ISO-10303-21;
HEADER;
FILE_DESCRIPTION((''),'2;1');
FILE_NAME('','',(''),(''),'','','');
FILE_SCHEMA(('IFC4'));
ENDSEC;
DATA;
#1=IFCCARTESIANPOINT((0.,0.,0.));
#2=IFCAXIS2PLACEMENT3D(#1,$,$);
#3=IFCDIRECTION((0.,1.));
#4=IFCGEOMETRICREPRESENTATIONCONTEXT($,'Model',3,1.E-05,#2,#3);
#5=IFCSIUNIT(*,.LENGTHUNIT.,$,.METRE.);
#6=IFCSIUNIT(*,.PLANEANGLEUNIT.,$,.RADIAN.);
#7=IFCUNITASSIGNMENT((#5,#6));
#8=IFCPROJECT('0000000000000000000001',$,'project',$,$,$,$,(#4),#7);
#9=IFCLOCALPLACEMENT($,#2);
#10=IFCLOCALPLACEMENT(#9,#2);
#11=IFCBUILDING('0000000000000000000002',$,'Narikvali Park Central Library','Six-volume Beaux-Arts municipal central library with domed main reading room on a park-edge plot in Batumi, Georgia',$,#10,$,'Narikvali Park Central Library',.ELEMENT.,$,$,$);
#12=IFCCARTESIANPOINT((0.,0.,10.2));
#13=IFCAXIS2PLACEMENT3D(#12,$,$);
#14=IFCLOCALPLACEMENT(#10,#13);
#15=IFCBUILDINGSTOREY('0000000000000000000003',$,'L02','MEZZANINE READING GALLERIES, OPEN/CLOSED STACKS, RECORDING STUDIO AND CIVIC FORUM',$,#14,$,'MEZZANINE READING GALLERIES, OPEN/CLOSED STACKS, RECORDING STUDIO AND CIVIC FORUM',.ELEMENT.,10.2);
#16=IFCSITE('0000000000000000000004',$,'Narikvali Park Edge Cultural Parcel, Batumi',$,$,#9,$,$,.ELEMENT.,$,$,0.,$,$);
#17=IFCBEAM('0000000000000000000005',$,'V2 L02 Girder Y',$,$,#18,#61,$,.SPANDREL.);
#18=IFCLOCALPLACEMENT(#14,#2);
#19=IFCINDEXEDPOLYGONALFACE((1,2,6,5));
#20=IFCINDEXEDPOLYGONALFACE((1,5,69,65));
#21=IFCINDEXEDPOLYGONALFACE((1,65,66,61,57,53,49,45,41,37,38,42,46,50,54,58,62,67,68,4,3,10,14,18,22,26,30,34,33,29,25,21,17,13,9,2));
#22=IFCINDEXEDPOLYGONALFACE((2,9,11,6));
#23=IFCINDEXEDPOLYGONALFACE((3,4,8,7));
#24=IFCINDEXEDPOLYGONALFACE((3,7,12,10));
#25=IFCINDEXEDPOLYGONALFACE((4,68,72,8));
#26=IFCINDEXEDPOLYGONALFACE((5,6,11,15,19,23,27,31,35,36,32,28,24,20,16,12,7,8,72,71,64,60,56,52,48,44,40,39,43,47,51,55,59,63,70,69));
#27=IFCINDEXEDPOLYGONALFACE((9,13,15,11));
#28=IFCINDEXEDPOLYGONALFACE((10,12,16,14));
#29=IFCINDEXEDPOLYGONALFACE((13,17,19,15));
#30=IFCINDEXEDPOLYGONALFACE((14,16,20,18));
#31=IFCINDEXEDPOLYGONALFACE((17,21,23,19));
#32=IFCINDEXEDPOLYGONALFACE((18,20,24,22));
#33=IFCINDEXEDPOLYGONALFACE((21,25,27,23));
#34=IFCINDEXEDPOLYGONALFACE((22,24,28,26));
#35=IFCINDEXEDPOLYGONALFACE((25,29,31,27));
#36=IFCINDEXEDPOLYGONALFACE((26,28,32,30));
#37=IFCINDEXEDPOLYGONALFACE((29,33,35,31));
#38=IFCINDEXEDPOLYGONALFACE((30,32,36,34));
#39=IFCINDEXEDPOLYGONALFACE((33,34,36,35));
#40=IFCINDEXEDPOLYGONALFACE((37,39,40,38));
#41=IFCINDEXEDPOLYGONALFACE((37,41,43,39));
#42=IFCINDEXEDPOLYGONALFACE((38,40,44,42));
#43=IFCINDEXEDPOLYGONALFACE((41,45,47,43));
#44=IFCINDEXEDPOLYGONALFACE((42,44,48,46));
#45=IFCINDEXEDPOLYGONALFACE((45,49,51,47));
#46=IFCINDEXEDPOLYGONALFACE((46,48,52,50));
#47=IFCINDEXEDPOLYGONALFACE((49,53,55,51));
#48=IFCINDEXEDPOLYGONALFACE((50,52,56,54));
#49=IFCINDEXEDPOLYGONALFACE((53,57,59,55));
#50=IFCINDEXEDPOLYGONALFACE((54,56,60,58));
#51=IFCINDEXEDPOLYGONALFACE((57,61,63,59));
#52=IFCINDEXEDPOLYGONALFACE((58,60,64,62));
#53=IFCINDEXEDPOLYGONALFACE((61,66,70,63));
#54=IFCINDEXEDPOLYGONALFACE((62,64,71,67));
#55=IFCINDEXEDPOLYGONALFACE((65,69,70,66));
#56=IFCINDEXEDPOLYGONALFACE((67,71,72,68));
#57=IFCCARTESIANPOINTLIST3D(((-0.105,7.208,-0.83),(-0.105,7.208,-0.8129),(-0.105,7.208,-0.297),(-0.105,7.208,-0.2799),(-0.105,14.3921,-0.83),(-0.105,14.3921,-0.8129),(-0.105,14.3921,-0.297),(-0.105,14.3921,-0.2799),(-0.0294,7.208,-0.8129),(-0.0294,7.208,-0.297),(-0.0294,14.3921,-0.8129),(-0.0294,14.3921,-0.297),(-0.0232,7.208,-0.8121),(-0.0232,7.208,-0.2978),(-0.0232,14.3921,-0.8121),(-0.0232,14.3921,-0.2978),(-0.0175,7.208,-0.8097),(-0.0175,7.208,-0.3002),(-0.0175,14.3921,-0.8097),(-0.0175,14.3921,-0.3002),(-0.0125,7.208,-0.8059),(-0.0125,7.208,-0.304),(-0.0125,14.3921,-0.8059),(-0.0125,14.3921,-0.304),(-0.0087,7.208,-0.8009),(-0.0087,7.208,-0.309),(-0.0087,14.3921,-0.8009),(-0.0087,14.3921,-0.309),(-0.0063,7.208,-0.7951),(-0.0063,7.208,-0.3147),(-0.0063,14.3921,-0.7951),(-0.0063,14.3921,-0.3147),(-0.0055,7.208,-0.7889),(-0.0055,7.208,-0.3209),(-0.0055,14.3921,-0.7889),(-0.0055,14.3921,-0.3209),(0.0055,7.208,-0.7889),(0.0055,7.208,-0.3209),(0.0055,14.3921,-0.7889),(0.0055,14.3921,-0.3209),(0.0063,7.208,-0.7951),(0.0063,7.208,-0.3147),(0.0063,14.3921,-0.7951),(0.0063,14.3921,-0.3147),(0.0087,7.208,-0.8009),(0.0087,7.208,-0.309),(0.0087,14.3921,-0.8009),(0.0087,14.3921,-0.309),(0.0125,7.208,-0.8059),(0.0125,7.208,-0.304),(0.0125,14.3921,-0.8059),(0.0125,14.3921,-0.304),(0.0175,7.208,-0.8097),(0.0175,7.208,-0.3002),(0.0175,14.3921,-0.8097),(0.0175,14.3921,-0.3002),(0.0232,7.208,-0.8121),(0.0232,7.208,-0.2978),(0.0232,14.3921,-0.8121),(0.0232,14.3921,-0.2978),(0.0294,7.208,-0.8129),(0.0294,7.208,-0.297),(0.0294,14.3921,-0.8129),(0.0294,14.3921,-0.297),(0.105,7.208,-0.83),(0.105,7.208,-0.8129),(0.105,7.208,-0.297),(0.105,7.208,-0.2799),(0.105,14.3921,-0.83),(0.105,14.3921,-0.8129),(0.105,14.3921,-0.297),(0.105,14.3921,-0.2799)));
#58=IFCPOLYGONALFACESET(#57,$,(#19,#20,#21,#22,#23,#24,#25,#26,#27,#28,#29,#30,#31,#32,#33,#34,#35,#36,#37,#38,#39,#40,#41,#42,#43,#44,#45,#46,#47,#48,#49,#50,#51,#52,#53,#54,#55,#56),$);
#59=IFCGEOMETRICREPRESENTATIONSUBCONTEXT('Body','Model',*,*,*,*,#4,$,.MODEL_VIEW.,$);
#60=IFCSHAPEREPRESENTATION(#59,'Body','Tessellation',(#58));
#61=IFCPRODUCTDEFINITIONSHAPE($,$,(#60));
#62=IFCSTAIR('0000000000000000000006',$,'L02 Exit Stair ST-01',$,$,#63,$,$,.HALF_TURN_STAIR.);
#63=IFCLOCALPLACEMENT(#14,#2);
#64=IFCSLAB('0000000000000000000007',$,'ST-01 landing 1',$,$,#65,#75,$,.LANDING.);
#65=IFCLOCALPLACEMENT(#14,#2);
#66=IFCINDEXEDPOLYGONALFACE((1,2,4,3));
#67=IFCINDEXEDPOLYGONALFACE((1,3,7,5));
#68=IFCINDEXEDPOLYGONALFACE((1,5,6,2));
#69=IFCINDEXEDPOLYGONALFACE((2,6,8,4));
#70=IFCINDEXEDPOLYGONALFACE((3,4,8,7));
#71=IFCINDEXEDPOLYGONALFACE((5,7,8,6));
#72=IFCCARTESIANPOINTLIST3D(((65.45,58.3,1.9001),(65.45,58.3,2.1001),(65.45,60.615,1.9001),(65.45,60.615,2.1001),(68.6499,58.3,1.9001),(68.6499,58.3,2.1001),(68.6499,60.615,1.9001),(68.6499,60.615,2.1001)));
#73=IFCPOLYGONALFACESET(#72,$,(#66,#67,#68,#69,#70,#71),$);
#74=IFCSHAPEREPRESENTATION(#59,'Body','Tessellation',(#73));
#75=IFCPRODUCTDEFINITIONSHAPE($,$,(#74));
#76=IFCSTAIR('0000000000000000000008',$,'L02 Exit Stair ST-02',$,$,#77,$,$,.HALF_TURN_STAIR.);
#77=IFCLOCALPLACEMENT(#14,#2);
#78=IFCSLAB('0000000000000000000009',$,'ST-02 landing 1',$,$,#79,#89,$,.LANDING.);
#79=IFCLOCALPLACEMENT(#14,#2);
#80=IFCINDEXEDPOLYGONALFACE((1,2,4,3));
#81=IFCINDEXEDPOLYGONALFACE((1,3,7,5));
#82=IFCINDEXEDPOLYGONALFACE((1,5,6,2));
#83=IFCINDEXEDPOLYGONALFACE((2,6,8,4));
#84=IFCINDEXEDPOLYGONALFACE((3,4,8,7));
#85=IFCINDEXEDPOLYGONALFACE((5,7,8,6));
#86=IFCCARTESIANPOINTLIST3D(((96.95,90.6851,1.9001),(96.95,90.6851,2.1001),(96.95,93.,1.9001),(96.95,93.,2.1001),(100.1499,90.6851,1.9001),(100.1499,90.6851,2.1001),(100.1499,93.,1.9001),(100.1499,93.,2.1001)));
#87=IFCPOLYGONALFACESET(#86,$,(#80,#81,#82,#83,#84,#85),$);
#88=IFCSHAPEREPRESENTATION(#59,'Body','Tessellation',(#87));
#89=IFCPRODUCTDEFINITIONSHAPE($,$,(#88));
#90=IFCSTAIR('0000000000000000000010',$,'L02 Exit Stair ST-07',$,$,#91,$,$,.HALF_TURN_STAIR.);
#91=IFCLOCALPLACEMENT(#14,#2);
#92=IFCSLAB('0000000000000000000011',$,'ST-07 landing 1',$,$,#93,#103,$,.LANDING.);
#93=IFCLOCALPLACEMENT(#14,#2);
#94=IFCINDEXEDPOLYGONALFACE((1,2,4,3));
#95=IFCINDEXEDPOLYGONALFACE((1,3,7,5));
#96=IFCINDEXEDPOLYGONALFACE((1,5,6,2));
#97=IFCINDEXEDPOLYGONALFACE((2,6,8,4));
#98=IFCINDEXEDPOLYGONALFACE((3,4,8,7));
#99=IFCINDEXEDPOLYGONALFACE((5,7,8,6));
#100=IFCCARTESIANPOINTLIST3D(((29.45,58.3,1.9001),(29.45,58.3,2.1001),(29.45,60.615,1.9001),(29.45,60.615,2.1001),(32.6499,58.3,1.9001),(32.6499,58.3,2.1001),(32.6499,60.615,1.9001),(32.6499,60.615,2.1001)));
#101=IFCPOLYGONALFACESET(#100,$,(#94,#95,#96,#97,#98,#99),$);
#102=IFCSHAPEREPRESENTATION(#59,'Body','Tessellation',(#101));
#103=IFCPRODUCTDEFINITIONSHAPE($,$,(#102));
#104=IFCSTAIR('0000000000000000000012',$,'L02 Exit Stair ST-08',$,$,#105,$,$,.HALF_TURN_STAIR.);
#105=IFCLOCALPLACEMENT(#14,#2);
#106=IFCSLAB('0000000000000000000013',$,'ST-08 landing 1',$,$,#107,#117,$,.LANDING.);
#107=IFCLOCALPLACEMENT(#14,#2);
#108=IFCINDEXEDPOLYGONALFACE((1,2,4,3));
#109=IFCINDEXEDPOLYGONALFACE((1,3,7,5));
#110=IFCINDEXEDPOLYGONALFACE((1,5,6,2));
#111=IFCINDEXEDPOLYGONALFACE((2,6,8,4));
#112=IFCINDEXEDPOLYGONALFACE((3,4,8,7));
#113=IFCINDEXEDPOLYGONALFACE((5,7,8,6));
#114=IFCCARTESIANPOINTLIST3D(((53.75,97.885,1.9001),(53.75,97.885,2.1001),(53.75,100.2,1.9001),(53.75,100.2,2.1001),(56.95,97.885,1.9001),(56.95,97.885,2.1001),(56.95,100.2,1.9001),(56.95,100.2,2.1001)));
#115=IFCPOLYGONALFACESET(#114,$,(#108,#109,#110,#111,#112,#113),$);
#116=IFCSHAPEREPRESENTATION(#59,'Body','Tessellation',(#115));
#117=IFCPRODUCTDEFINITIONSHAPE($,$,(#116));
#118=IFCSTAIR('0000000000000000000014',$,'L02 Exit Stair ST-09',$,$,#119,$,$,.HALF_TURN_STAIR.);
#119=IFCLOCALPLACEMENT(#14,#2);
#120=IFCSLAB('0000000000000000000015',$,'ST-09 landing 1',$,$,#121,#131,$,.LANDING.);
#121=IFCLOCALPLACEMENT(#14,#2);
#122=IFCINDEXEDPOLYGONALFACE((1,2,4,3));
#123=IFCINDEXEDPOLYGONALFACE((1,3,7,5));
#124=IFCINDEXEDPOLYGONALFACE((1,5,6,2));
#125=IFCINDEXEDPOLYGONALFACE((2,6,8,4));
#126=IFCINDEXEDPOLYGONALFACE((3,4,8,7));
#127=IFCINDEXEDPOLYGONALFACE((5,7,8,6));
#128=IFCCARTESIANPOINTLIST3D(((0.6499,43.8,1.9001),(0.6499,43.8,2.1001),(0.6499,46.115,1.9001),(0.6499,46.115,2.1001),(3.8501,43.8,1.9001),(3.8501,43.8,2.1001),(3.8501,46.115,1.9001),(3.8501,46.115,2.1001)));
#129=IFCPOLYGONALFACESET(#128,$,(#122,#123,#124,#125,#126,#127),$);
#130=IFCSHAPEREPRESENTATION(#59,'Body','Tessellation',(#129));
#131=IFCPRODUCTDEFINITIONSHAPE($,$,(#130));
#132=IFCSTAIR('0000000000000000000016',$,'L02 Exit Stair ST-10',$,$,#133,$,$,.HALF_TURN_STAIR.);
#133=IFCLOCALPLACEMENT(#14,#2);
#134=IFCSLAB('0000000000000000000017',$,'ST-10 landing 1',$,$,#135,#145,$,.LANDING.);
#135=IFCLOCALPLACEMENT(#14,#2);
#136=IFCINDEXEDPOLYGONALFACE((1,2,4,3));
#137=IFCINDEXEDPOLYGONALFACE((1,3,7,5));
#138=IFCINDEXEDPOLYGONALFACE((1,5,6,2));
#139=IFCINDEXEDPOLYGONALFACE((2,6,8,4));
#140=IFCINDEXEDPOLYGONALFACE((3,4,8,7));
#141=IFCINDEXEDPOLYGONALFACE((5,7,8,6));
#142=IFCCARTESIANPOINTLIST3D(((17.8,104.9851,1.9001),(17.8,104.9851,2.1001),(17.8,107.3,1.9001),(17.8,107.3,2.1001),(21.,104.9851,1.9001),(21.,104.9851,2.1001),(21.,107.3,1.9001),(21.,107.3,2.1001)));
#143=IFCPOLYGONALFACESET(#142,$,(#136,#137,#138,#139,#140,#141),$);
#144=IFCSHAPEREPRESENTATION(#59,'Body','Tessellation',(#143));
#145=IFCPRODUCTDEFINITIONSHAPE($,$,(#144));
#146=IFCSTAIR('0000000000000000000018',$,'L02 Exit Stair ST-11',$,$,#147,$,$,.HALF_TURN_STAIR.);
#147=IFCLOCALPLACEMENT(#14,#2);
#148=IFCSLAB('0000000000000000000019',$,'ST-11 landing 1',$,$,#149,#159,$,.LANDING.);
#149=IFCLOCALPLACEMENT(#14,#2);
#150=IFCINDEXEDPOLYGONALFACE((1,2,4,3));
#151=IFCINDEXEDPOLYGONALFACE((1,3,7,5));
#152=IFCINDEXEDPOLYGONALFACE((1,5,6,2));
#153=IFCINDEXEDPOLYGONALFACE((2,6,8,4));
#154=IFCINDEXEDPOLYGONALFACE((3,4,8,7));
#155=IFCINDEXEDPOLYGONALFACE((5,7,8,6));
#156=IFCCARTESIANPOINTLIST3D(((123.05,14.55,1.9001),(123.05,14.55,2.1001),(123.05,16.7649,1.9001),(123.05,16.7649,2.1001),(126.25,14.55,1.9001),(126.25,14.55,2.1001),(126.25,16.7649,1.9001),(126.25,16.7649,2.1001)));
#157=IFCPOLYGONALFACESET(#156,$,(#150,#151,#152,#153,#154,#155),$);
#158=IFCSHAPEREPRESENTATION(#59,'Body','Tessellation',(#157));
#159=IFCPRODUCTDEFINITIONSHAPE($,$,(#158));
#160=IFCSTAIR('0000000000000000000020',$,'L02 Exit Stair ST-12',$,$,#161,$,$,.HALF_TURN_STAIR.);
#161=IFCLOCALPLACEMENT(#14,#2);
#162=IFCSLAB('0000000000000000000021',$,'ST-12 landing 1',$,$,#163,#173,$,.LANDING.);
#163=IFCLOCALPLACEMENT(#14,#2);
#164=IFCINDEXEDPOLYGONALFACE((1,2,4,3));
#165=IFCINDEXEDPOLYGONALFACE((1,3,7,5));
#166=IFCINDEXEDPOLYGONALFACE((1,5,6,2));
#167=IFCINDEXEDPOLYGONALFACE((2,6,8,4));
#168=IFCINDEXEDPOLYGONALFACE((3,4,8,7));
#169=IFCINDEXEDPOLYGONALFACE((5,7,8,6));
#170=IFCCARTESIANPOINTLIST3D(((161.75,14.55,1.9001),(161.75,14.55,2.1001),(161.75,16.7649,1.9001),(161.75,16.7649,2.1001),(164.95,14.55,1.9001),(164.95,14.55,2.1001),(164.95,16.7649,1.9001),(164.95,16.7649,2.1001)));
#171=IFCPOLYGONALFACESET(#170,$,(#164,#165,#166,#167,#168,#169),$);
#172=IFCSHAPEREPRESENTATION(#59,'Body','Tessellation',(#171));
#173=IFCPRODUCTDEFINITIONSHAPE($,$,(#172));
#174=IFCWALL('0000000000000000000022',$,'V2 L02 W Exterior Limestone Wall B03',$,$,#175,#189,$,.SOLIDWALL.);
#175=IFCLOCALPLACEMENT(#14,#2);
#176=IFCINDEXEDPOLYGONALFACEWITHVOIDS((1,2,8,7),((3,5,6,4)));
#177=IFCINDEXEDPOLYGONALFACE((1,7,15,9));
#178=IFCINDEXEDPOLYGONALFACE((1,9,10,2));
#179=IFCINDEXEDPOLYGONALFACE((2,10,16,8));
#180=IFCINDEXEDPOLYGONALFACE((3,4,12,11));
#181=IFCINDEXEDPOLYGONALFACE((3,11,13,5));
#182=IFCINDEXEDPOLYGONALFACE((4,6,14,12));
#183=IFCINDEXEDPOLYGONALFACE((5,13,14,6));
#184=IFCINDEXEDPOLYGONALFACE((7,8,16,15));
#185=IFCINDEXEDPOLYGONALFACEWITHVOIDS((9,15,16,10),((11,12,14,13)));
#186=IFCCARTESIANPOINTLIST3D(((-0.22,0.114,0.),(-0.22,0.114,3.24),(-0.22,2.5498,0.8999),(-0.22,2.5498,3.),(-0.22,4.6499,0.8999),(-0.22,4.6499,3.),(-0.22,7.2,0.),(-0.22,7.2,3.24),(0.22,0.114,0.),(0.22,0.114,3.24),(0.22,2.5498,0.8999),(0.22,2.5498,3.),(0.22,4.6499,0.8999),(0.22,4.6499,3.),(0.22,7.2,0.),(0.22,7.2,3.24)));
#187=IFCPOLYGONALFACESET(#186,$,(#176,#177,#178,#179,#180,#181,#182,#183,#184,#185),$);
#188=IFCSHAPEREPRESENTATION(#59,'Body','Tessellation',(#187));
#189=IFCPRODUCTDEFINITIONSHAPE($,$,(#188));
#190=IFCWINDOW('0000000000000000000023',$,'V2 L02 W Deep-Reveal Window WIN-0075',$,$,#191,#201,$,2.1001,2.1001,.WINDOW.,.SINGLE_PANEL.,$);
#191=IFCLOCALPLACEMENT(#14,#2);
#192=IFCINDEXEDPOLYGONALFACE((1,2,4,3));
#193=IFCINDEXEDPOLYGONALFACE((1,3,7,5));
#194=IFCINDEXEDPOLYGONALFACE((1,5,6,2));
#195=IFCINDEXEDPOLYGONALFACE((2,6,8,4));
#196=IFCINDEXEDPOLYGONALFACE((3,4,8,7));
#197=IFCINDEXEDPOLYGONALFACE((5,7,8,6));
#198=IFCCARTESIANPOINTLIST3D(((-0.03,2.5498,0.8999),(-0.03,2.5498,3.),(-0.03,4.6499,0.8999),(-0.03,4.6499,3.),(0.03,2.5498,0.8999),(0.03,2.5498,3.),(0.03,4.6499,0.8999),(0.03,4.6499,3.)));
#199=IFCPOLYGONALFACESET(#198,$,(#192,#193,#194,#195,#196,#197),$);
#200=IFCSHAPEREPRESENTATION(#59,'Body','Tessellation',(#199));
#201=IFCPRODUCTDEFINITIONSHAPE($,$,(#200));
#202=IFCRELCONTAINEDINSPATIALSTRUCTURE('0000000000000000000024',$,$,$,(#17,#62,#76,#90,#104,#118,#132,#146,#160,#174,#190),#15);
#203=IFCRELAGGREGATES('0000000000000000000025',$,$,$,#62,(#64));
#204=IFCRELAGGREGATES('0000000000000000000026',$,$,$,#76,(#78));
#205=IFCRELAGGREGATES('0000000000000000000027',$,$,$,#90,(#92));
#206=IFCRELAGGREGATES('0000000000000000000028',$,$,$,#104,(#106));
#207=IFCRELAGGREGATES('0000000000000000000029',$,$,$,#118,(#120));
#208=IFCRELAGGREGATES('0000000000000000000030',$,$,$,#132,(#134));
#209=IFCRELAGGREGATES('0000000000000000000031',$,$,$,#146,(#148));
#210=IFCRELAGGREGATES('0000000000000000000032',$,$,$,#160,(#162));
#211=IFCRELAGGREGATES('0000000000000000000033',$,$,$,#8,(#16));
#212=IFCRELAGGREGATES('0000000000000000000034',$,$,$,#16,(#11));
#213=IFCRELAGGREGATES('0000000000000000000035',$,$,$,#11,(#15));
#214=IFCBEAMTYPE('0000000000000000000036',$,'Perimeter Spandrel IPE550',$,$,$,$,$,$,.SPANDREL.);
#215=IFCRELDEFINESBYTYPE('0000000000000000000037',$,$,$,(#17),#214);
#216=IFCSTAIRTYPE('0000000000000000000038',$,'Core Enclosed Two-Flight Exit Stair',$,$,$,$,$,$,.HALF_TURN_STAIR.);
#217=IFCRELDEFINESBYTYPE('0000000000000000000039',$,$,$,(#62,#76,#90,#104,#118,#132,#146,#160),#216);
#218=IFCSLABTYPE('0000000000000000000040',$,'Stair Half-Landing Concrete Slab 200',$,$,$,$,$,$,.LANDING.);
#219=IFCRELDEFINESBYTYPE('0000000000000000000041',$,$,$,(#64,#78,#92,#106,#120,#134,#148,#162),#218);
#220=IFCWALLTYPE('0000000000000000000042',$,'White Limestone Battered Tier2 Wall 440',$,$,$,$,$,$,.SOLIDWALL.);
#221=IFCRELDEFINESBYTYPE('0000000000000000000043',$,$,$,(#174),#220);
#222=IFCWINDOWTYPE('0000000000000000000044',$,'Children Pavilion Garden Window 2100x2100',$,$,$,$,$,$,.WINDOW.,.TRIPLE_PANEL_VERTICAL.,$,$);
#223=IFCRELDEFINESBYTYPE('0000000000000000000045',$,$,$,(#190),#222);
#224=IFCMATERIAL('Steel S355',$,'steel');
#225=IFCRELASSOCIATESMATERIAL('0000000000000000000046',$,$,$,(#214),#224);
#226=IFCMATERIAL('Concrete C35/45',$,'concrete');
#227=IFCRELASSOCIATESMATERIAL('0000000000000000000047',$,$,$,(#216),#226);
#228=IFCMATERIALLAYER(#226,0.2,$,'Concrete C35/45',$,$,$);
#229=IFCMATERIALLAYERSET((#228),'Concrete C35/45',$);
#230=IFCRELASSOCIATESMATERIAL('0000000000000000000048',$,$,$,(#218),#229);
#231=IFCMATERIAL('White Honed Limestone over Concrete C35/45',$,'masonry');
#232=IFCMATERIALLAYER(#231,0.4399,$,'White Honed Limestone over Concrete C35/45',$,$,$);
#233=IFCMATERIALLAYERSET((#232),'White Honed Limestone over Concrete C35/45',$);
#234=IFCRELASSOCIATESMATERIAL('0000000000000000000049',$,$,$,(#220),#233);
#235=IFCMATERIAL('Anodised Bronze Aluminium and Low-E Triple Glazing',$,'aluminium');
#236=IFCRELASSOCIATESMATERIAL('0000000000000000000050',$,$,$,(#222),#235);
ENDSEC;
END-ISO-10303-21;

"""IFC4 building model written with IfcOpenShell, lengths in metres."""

from ifc_helpers import new_model, si_unit, direction, frame, frame_2d, origin, origin_2d, place, context, subcontext, project, spatial, polyline, rectangle, i_section, outline, extrude, material, layer, layer_set, material_profile, profile_set, type_object, element, fill, aggregate, save


model = new_model("IFC4")

# Units and contexts
model_context = context("Model", 3, precision=1e-05, world=origin(), true_north=direction((0.0, 1.0)))
body_context = subcontext(model_context, "Body", "Model", "MODEL_VIEW")
ifc_project = project(units=[si_unit("LENGTHUNIT", "METRE"), si_unit("PLANEANGLEUNIT", "RADIAN")], contexts=[model_context])

# Site, building, storey
site_placement = place(None, origin())
site = spatial("IfcSite", under=ifc_project, at=site_placement, Name="Narikvali Park Edge Cultural Parcel, Batumi", CompositionType="ELEMENT", RefElevation=0.0)
building_placement = place(site_placement, origin())
building = spatial("IfcBuilding", under=site, at=building_placement, Name="Narikvali Park Central Library", Description="Six-volume Beaux-Arts municipal central library with domed main reading room on a park-edge plot in Batumi, Georgia", LongName="Narikvali Park Central Library", CompositionType="ELEMENT")
storey_placement = place(building_placement, frame((0.0, 0.0, 10.2)))
storey = spatial("IfcBuildingStorey", under=building, at=storey_placement, Name="L02", Description="MEZZANINE READING GALLERIES, OPEN/CLOSED STACKS, RECORDING STUDIO AND CIVIC FORUM", LongName="MEZZANINE READING GALLERIES, OPEN/CLOSED STACKS, RECORDING STUDIO AND CIVIC FORUM", CompositionType="ELEMENT", Elevation=10.2)

# Shared definitions
ifc_material_1 = material(Name="Steel S355", Category="steel")

# Beam
ifc_material_profile_1 = material_profile(ifc_material_1, i_section(OverallWidth=0.21, OverallDepth=0.55, WebThickness=0.011, FlangeThickness=0.0171, FilletRadius=0.0239, at=origin_2d()), Name="IPE 550")
ifc_profile_set_1 = profile_set([ifc_material_profile_1], Name="Steel S355")
beam_type_1 = type_object("IfcBeamType", Name="Perimeter Spandrel IPE550", PredefinedType="SPANDREL", material=ifc_profile_set_1)
beam_1_placement = place(storey_placement, frame((0.0, 7.208, -0.5549), z_axis=(0.0, 1.0, 0.0), x_axis=(-1.0, 0.0, 0.0)))
element("IfcBeam", 1, at=beam_1_placement, inside=storey, type_object=beam_type_1, Name="V2 L02 Girder Y", PredefinedType="SPANDREL", context=body_context, shape_type="SweptSolid", body=[
    extrude(i_section(OverallWidth=0.21, OverallDepth=0.55, WebThickness=0.011, FlangeThickness=0.0171, FilletRadius=0.0239, at=origin_2d()), origin(), (0.0, 0.0, 1.0), 7.1841),
])

# Stairs, slabs
ifc_material_2 = material(Name="Concrete C35/45", Category="concrete")
stair_type = type_object("IfcStairType", Name="Core Enclosed Two-Flight Exit Stair", PredefinedType="HALF_TURN_STAIR", material=ifc_material_2)
stair_1_placement = place(storey_placement, origin())
stair_1 = element("IfcStair", 2, at=stair_1_placement, inside=storey, type_object=stair_type, Name="L02 Exit Stair ST-01", PredefinedType="HALF_TURN_STAIR")
ifc_layer_1 = layer(ifc_material_2, 0.2, Name="Concrete C35/45")
ifc_layer_set_1 = layer_set([ifc_layer_1], Name="Concrete C35/45")
slab_type = type_object("IfcSlabType", Name="Stair Half-Landing Concrete Slab 200", PredefinedType="LANDING", material=ifc_layer_set_1)
slab_1_placement = place(storey_placement, frame((0.0, 0.0, 1.9001)))
slab_1 = element("IfcSlab", 3, at=slab_1_placement, type_object=slab_type, Name="ST-01 landing 1", PredefinedType="LANDING", context=body_context, shape_type="SweptSolid", body=[
    extrude(outline(polyline([(65.45, 60.615), (65.45, 58.3), (68.6499, 58.3), (68.6499, 60.615), (65.45, 60.615)])), origin(), (0.0, 0.0, 1.0), 0.2),
])
aggregate(stair_1, [slab_1])
stair_2_placement = place(storey_placement, origin())
stair_2 = element("IfcStair", 4, at=stair_2_placement, inside=storey, type_object=stair_type, Name="L02 Exit Stair ST-02", PredefinedType="HALF_TURN_STAIR")
slab_2_placement = place(storey_placement, frame((0.0, 0.0, 1.9001)))
slab_2 = element("IfcSlab", 5, at=slab_2_placement, type_object=slab_type, Name="ST-02 landing 1", PredefinedType="LANDING", context=body_context, shape_type="SweptSolid", body=[
    extrude(outline(polyline([(100.1499, 90.6851), (100.1499, 93.0), (96.95, 93.0), (96.95, 90.6851), (100.1499, 90.6851)])), origin(), (0.0, 0.0, 1.0), 0.2),
])
aggregate(stair_2, [slab_2])
stair_3_placement = place(storey_placement, origin())
stair_3 = element("IfcStair", 6, at=stair_3_placement, inside=storey, type_object=stair_type, Name="L02 Exit Stair ST-07", PredefinedType="HALF_TURN_STAIR")
slab_3_placement = place(storey_placement, frame((0.0, 0.0, 1.9001)))
slab_3 = element("IfcSlab", 7, at=slab_3_placement, type_object=slab_type, Name="ST-07 landing 1", PredefinedType="LANDING", context=body_context, shape_type="SweptSolid", body=[
    extrude(outline(polyline([(29.45, 60.615), (29.45, 58.3), (32.6499, 58.3), (32.6499, 60.615), (29.45, 60.615)])), origin(), (0.0, 0.0, 1.0), 0.2),
])
aggregate(stair_3, [slab_3])
stair_4_placement = place(storey_placement, origin())
stair_4 = element("IfcStair", 8, at=stair_4_placement, inside=storey, type_object=stair_type, Name="L02 Exit Stair ST-08", PredefinedType="HALF_TURN_STAIR")
slab_4_placement = place(storey_placement, frame((0.0, 0.0, 1.9001)))
slab_4 = element("IfcSlab", 9, at=slab_4_placement, type_object=slab_type, Name="ST-08 landing 1", PredefinedType="LANDING", context=body_context, shape_type="SweptSolid", body=[
    extrude(outline(polyline([(56.95, 97.885), (56.95, 100.2), (53.75, 100.2), (53.75, 97.885), (56.95, 97.885)])), origin(), (0.0, 0.0, 1.0), 0.2),
])
aggregate(stair_4, [slab_4])
stair_5_placement = place(storey_placement, origin())
stair_5 = element("IfcStair", 10, at=stair_5_placement, inside=storey, type_object=stair_type, Name="L02 Exit Stair ST-09", PredefinedType="HALF_TURN_STAIR")
slab_5_placement = place(storey_placement, frame((0.0, 0.0, 1.9001)))
slab_5 = element("IfcSlab", 11, at=slab_5_placement, type_object=slab_type, Name="ST-09 landing 1", PredefinedType="LANDING", context=body_context, shape_type="SweptSolid", body=[
    extrude(outline(polyline([(0.6499, 46.115), (0.6499, 43.8), (3.8501, 43.8), (3.8501, 46.115), (0.6499, 46.115)])), origin(), (0.0, 0.0, 1.0), 0.2),
])
aggregate(stair_5, [slab_5])
stair_6_placement = place(storey_placement, origin())
stair_6 = element("IfcStair", 12, at=stair_6_placement, inside=storey, type_object=stair_type, Name="L02 Exit Stair ST-10", PredefinedType="HALF_TURN_STAIR")
slab_6_placement = place(storey_placement, frame((0.0, 0.0, 1.9001)))
slab_6 = element("IfcSlab", 13, at=slab_6_placement, type_object=slab_type, Name="ST-10 landing 1", PredefinedType="LANDING", context=body_context, shape_type="SweptSolid", body=[
    extrude(outline(polyline([(21.0, 104.9851), (21.0, 107.3), (17.8, 107.3), (17.8, 104.9851), (21.0, 104.9851)])), origin(), (0.0, 0.0, 1.0), 0.2),
])
aggregate(stair_6, [slab_6])
stair_7_placement = place(storey_placement, origin())
stair_7 = element("IfcStair", 14, at=stair_7_placement, inside=storey, type_object=stair_type, Name="L02 Exit Stair ST-11", PredefinedType="HALF_TURN_STAIR")
slab_7_placement = place(storey_placement, frame((0.0, 0.0, 1.9001)))
slab_7 = element("IfcSlab", 15, at=slab_7_placement, type_object=slab_type, Name="ST-11 landing 1", PredefinedType="LANDING", context=body_context, shape_type="SweptSolid", body=[
    extrude(outline(polyline([(123.05, 16.7649), (123.05, 14.55), (126.25, 14.55), (126.25, 16.7649), (123.05, 16.7649)])), origin(), (0.0, 0.0, 1.0), 0.2),
])
aggregate(stair_7, [slab_7])
stair_8_placement = place(storey_placement, origin())
stair_8 = element("IfcStair", 16, at=stair_8_placement, inside=storey, type_object=stair_type, Name="L02 Exit Stair ST-12", PredefinedType="HALF_TURN_STAIR")
slab_8_placement = place(storey_placement, frame((0.0, 0.0, 1.9001)))
slab_8 = element("IfcSlab", 17, at=slab_8_placement, type_object=slab_type, Name="ST-12 landing 1", PredefinedType="LANDING", context=body_context, shape_type="SweptSolid", body=[
    extrude(outline(polyline([(161.75, 16.7649), (161.75, 14.55), (164.95, 14.55), (164.95, 16.7649), (161.75, 16.7649)])), origin(), (0.0, 0.0, 1.0), 0.2),
])
aggregate(stair_8, [slab_8])

# Wall, opening, window
ifc_material_3 = material(Name="White Honed Limestone over Concrete C35/45", Category="masonry")
ifc_layer_2 = layer(ifc_material_3, 0.4399, Name="White Honed Limestone over Concrete C35/45")
ifc_layer_set_2 = layer_set([ifc_layer_2], Name="White Honed Limestone over Concrete C35/45")
wall_type = type_object("IfcWallType", Name="White Limestone Battered Tier2 Wall 440", PredefinedType="SOLIDWALL", material=ifc_layer_set_2)
wall_placement = place(storey_placement, frame((0.0, 7.2, 0.0), z_axis=(0.0, 0.0, 1.0), x_axis=(0.0, -1.0, 0.0)))
wall = element("IfcWall", 18, at=wall_placement, inside=storey, type_object=wall_type, Name="V2 L02 W Exterior Limestone Wall B03", PredefinedType="SOLIDWALL", context=body_context, shape_type="SweptSolid", body=[
    extrude(rectangle(XDim=7.0859, YDim=0.4399, at=frame_2d((3.543, 0.0))), origin(), (0.0, 0.0, 1.0), 3.24),
])
opening_placement = place(wall_placement, frame((2.55, 0.0, 0.8999)))
opening = element("IfcOpeningElement", 19, at=opening_placement, cuts=wall, PredefinedType="OPENING", context=body_context, shape_type="SweptSolid", body=[
    extrude(rectangle(XDim=2.1001, YDim=2.1001, at=frame_2d((1.05, 1.05))), frame((0.0, 0.2319, 0.0), z_axis=(0.0, -1.0, 0.0), x_axis=(1.0, 0.0, 0.0)), (0.0, 0.0, 1.0), 0.4639),
])
ifc_material_4 = material(Name="Anodised Bronze Aluminium and Low-E Triple Glazing", Category="aluminium")
window_type = type_object("IfcWindowType", Name="Children Pavilion Garden Window 2100x2100", PartitioningType="TRIPLE_PANEL_VERTICAL", PredefinedType="WINDOW", material=ifc_material_4)
window_placement = place(opening_placement, origin())
window = element("IfcWindow", 20, at=window_placement, inside=storey, type_object=window_type, Name="V2 L02 W Deep-Reveal Window WIN-0075", OverallHeight=2.1001, OverallWidth=2.1001, PartitioningType="SINGLE_PANEL", PredefinedType="WINDOW", context=body_context, shape_type="SweptSolid", body=[
    extrude(rectangle(XDim=2.1001, YDim=2.1001, at=frame_2d((1.05, 1.05))), frame((0.0, 0.03, 0.0), z_axis=(0.0, -1.0, 0.0), x_axis=(1.0, 0.0, 0.0)), (0.0, 0.0, 1.0), 0.0601),
])
fill(opening, window)

save(model, "model.ifc")
